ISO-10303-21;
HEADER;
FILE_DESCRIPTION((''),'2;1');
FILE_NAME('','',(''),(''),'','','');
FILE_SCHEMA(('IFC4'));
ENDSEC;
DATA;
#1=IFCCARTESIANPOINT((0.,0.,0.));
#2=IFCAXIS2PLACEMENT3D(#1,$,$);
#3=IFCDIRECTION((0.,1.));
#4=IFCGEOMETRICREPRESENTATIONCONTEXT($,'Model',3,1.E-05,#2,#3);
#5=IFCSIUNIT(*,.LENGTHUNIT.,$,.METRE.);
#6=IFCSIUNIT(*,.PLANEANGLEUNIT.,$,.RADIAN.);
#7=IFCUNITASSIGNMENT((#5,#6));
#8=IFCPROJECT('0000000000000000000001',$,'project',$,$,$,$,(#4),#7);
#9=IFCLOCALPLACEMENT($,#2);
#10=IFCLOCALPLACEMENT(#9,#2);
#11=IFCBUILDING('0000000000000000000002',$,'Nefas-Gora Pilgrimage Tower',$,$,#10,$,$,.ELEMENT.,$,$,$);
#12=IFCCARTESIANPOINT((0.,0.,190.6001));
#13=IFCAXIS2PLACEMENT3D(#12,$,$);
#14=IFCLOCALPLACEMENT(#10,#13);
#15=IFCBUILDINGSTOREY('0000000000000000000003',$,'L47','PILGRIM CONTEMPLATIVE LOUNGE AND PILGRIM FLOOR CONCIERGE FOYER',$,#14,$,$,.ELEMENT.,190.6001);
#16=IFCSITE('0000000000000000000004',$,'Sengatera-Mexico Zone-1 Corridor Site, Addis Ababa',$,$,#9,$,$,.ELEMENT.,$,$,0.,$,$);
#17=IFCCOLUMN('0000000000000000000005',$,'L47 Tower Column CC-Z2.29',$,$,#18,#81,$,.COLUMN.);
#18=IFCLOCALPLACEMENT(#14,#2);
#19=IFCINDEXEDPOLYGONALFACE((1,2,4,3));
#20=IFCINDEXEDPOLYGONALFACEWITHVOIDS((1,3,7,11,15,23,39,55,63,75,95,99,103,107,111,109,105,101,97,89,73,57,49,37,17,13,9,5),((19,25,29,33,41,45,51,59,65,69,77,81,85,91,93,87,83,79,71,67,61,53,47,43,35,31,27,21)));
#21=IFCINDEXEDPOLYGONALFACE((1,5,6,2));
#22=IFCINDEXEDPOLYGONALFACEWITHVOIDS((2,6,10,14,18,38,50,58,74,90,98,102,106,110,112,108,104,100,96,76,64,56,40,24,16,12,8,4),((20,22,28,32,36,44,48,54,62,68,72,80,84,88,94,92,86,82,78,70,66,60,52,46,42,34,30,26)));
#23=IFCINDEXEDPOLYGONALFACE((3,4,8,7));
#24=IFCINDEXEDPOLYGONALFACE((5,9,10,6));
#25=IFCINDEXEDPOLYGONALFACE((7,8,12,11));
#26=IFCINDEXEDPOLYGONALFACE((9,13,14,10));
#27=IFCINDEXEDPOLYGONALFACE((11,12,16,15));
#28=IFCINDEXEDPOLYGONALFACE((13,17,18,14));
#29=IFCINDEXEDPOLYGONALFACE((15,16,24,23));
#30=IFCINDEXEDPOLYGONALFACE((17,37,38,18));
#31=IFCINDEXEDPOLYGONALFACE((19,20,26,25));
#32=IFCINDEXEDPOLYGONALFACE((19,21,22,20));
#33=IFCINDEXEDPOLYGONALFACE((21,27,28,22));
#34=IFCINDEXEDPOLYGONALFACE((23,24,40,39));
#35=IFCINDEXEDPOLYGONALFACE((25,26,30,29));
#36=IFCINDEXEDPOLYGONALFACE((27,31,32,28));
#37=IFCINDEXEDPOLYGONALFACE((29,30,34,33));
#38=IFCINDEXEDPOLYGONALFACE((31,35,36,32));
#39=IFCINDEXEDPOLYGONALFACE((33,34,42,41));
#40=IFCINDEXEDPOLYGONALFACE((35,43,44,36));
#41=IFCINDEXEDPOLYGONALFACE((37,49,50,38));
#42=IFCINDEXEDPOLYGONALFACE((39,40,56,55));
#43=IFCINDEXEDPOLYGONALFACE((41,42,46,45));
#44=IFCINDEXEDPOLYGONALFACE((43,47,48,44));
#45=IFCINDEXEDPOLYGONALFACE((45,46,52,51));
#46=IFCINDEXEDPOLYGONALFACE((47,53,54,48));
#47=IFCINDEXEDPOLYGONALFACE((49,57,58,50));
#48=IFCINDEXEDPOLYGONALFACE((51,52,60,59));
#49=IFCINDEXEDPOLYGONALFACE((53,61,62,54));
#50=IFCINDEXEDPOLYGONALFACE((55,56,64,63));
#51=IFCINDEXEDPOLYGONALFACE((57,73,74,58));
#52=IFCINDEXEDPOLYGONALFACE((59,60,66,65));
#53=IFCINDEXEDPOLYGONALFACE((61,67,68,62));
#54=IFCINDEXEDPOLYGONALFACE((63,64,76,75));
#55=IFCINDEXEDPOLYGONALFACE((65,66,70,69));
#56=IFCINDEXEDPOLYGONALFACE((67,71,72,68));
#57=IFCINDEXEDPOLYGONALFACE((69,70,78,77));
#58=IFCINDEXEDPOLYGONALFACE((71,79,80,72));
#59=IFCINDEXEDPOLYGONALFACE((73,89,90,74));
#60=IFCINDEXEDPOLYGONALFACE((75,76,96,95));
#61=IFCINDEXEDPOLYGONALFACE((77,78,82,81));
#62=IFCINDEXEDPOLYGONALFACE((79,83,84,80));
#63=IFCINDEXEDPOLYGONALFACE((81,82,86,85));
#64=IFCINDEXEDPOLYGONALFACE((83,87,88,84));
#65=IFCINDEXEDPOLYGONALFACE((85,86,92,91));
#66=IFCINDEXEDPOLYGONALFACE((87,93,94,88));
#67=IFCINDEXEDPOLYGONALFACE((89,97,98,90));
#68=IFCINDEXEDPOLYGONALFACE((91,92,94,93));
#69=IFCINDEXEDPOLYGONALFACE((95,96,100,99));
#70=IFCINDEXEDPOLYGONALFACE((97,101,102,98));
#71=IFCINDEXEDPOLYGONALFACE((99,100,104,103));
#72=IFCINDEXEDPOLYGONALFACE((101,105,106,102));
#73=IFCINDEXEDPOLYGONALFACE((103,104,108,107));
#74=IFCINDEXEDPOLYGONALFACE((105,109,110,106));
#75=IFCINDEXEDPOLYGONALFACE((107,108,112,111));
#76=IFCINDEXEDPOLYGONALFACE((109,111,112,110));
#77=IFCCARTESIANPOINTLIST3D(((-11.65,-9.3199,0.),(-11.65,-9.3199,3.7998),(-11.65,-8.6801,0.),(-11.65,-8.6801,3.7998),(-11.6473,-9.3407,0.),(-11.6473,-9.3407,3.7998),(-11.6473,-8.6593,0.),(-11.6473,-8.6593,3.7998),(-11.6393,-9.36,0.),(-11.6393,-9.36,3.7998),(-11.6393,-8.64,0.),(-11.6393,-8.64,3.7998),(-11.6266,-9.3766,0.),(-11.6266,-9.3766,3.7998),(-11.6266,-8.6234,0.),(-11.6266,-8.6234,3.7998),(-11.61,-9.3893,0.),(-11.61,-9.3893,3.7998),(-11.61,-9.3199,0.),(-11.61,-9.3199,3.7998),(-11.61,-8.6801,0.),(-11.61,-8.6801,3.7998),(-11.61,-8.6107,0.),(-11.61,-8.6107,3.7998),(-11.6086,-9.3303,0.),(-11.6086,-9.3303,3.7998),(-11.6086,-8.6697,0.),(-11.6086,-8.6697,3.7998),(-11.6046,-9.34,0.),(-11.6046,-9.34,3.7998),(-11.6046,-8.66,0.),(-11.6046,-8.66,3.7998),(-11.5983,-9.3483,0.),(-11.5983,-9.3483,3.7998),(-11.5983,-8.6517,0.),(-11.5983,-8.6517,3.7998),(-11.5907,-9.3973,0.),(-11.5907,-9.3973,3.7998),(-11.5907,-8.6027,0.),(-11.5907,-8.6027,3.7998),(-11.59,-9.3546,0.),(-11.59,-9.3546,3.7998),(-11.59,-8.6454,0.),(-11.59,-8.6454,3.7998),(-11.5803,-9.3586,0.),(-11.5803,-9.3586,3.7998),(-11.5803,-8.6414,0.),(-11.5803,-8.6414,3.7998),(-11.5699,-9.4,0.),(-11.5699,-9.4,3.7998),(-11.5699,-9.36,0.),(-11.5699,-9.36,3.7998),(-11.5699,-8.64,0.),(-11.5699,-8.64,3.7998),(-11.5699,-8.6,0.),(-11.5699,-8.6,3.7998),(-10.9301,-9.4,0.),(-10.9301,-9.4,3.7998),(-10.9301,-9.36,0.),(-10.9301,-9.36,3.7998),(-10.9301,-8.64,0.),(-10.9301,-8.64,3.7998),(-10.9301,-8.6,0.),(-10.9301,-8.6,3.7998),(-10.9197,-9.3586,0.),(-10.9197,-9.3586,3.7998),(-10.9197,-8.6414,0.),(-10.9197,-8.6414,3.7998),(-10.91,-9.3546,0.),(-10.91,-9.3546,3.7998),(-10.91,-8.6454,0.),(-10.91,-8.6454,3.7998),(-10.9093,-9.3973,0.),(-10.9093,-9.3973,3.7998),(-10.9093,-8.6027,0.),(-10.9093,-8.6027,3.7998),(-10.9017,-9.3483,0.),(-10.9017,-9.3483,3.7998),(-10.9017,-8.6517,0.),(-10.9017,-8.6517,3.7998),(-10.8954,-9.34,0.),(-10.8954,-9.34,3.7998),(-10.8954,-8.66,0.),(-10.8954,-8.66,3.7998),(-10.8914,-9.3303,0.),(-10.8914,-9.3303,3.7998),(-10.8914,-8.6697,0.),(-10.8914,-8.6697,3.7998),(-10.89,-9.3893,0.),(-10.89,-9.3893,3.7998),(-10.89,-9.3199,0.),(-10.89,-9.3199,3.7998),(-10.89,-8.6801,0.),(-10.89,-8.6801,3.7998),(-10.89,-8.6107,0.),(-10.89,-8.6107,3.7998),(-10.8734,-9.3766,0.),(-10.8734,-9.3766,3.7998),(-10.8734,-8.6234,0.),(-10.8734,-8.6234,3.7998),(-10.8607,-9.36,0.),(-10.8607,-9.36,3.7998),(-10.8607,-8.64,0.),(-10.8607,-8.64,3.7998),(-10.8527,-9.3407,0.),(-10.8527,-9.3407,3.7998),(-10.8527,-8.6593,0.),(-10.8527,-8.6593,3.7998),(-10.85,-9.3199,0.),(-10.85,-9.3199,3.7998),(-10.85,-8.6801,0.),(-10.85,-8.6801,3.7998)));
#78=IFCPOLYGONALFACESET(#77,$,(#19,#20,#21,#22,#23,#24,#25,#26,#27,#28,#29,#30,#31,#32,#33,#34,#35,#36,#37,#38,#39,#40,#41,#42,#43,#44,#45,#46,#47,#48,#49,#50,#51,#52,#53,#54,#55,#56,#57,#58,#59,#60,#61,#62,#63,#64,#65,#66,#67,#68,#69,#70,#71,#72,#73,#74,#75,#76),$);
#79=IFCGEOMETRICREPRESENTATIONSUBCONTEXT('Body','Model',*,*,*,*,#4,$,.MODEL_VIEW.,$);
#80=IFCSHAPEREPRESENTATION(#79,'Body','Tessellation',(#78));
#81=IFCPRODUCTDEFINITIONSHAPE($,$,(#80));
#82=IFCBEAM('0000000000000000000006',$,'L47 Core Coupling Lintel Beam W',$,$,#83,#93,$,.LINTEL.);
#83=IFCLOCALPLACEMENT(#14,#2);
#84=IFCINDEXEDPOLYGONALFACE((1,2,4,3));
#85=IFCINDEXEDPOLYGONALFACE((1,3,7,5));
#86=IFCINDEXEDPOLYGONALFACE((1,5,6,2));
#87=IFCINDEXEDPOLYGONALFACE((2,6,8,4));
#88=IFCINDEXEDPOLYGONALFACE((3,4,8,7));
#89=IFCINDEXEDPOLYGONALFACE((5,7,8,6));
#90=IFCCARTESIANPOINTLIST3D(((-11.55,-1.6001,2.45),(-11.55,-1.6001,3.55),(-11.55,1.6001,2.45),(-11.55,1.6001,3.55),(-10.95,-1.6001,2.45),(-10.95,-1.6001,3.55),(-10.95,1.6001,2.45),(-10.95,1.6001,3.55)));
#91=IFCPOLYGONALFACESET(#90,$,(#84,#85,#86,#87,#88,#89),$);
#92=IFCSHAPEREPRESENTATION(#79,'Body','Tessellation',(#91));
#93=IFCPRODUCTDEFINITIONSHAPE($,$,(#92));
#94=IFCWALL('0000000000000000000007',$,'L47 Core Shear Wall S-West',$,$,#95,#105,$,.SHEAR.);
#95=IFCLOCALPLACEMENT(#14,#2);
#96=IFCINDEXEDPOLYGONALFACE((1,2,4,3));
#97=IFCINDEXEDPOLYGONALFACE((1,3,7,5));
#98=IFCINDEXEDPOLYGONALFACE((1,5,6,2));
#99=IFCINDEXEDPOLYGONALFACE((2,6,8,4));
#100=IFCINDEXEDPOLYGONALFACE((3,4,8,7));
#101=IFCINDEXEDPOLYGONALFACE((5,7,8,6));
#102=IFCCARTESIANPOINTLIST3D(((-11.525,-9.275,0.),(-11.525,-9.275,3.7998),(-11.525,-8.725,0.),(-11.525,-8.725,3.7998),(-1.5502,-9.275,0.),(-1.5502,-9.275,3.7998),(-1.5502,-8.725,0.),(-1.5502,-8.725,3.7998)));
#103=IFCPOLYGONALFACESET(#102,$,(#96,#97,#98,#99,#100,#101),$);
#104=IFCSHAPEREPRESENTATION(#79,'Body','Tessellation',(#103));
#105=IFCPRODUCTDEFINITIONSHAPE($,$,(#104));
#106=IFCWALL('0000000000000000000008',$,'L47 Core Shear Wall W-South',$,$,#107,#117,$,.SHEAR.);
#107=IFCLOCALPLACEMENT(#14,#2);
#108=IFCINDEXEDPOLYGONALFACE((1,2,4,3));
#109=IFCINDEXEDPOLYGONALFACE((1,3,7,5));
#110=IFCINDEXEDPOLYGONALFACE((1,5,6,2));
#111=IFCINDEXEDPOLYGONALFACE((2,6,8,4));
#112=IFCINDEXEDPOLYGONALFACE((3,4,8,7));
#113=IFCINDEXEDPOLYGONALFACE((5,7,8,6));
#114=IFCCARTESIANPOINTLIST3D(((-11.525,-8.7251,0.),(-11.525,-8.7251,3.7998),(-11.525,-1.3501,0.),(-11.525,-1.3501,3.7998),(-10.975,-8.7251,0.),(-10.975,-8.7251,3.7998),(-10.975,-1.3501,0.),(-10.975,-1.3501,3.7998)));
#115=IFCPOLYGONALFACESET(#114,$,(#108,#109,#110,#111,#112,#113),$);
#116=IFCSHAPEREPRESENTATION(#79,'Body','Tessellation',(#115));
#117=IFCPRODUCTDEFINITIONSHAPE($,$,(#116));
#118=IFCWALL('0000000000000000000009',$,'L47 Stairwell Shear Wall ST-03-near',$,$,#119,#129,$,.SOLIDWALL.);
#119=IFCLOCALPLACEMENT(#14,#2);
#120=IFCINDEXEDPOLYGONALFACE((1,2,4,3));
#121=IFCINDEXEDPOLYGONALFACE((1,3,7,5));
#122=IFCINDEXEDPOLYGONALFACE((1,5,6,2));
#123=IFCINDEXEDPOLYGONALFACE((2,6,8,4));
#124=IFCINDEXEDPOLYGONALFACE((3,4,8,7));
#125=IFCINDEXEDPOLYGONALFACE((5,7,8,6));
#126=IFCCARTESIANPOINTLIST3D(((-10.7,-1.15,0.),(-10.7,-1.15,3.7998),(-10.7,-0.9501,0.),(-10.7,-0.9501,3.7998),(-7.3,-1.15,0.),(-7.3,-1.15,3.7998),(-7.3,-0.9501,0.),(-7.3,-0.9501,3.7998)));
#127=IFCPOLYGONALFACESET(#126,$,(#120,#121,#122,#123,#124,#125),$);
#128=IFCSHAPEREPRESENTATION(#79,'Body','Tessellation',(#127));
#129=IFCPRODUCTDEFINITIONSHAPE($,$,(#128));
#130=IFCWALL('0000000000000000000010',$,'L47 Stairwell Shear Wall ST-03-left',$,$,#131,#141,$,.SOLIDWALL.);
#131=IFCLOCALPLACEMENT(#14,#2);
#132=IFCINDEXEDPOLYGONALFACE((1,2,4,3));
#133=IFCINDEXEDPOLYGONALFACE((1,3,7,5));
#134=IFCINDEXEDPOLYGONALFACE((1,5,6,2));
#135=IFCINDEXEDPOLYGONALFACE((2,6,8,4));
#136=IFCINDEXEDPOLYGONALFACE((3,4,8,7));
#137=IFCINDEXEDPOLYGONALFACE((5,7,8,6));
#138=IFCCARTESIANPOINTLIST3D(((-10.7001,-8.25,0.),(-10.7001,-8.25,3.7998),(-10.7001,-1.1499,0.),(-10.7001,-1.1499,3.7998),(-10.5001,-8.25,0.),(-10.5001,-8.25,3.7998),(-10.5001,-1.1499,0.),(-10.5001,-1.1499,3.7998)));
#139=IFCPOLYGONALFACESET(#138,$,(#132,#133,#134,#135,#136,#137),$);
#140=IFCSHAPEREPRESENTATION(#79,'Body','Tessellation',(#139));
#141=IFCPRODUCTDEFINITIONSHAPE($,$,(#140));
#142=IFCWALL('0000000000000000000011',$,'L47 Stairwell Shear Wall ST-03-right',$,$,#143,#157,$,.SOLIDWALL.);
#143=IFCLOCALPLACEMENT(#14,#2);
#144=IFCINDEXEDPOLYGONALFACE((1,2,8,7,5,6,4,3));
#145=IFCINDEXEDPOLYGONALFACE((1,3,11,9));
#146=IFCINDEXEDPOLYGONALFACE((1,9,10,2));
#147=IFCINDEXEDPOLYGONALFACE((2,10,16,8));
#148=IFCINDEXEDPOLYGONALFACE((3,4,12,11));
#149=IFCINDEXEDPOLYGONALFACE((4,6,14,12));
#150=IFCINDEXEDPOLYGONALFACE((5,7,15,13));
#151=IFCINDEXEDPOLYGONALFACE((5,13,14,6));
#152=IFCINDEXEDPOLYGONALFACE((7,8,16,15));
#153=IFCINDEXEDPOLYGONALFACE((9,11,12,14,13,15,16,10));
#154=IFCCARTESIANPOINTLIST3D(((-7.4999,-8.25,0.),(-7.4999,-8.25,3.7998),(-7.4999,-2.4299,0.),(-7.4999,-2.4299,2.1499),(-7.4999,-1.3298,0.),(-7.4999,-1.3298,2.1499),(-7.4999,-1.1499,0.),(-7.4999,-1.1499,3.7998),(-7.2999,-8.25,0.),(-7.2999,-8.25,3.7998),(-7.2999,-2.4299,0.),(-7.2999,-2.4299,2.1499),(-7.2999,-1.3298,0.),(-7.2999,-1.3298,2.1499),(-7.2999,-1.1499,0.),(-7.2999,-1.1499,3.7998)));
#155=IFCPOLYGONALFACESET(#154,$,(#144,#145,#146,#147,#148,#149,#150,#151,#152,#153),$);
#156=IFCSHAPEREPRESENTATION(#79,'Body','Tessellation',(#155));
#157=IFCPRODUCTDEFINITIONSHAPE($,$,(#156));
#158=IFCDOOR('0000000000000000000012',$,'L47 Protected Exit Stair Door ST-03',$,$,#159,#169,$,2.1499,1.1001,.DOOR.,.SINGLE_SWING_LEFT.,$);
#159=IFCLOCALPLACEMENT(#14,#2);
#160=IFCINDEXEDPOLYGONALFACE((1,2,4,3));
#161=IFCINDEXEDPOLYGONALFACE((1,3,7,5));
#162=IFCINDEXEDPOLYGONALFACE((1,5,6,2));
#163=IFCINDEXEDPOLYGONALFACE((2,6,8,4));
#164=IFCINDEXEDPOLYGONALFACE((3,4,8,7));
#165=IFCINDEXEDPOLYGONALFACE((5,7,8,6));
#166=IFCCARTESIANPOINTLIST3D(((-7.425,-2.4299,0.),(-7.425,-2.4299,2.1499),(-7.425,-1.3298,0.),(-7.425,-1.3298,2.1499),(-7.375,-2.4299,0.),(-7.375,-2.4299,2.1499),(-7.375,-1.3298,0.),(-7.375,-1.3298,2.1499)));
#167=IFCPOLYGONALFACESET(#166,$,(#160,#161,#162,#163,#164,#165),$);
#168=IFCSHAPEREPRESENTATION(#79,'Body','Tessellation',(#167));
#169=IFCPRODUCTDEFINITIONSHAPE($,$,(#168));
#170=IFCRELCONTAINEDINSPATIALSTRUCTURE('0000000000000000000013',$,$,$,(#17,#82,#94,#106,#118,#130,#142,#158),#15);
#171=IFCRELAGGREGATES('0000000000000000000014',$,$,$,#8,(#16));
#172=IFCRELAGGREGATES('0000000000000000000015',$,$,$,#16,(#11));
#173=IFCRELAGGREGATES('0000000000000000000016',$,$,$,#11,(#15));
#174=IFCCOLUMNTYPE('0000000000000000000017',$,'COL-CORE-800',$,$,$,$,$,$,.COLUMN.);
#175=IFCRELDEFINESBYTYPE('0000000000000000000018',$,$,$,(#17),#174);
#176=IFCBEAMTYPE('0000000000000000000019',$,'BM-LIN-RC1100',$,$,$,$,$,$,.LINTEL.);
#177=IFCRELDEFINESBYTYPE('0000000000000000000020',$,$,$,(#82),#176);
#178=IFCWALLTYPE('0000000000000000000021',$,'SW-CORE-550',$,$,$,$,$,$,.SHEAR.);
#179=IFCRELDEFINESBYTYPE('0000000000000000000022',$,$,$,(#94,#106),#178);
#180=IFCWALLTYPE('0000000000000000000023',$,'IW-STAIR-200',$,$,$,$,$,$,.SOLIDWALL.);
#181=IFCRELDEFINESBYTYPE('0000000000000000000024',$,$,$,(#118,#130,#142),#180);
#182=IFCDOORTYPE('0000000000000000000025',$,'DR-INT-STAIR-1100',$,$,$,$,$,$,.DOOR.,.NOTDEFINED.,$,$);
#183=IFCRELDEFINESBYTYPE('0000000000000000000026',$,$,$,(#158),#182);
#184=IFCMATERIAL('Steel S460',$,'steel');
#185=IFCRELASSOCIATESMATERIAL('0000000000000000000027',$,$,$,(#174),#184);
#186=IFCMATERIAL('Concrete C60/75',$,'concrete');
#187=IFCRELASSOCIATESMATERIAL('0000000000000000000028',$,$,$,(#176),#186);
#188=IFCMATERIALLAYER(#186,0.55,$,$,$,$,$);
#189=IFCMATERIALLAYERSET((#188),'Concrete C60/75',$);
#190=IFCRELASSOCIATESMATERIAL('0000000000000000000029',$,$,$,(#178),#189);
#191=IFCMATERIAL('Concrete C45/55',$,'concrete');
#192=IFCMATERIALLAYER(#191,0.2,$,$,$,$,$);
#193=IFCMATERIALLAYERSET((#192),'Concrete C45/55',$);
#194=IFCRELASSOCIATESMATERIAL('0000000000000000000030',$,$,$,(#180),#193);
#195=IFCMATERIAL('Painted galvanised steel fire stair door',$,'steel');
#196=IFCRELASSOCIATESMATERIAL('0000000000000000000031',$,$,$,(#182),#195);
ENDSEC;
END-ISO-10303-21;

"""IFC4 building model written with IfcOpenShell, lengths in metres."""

from ifc_helpers import new_model, si_unit, direction, frame, frame_2d, origin, origin_2d, place, context, subcontext, project, spatial, rectangle, hollow_rectangle, extrude, source, transform, mapped, material, layer, layer_set, material_profile, profile_set, type_object, element, fill, save


model = new_model("IFC4")

# Units and contexts
model_context = context("Model", 3, precision=1e-05, world=origin(), true_north=direction((0.0, 1.0)))
body_context = subcontext(model_context, "Body", "Model", "MODEL_VIEW")
ifc_project = project(units=[si_unit("LENGTHUNIT", "METRE"), si_unit("PLANEANGLEUNIT", "RADIAN")], contexts=[model_context])

# Site, building, storey
site_placement = place(None, origin())
site = spatial("IfcSite", under=ifc_project, at=site_placement, Name="Sengatera-Mexico Zone-1 Corridor Site, Addis Ababa", CompositionType="ELEMENT", RefElevation=0.0)
building_placement = place(site_placement, origin())
building = spatial("IfcBuilding", under=site, at=building_placement, Name="Nefas-Gora Pilgrimage Tower", CompositionType="ELEMENT")
storey_placement = place(building_placement, frame((0.0, 0.0, 190.6001)))
storey = spatial("IfcBuildingStorey", under=building, at=storey_placement, Name="L47", Description="PILGRIM CONTEMPLATIVE LOUNGE AND PILGRIM FLOOR CONCIERGE FOYER", CompositionType="ELEMENT", Elevation=190.6001)

# Column
ifc_material_1 = material(Name="Steel S460", Category="steel")
ifc_material_profile_1 = material_profile(ifc_material_1, hollow_rectangle(XDim=0.8, YDim=0.8, WallThickness=0.04, InnerFilletRadius=0.04, OuterFilletRadius=0.0801, at=origin_2d()), Name="BOX 800x800x40")
ifc_profile_set_1 = profile_set([ifc_material_profile_1], Name="Steel S460")
column_type = type_object("IfcColumnType", Name="COL-CORE-800", PredefinedType="COLUMN", material=ifc_profile_set_1)
shared_shape_1 = source(origin(), body_context, "Body", "SweptSolid", [
    extrude(hollow_rectangle(XDim=0.8, YDim=0.8, WallThickness=0.04, InnerFilletRadius=0.04, OuterFilletRadius=0.0801, at=origin_2d()), origin(), (0.0, 0.0, 1.0), 3.7998),
])
column_placement = place(storey_placement, frame((-11.25, -9.0, 0.0), z_axis=(0.0, 0.0, 1.0), x_axis=(1.0, 0.0, 0.0)))
element("IfcColumn", 1, at=column_placement, inside=storey, type_object=column_type, Name="L47 Tower Column CC-Z2.29", PredefinedType="COLUMN", context=body_context, shape_type="MappedRepresentation", body=[
    mapped(shared_shape_1, transform((0.0, 0.0, 0.0), x_axis=(1.0, 0.0, 0.0), y_axis=(0.0, 1.0, 0.0), z_axis=(0.0, 0.0, 1.0), scale=1.0)),
])

# Beam
ifc_material_2 = material(Name="Concrete C60/75", Category="concrete")
ifc_material_profile_2 = material_profile(ifc_material_2, rectangle(XDim=0.6001, YDim=1.1001, at=origin_2d()), Name="RC 600x1100")
ifc_profile_set_2 = profile_set([ifc_material_profile_2], Name="Concrete C60/75")
beam_type = type_object("IfcBeamType", Name="BM-LIN-RC1100", PredefinedType="LINTEL", material=ifc_profile_set_2)
shared_shape_2 = source(origin(), body_context, "Body", "SweptSolid", [
    extrude(rectangle(XDim=0.6001, YDim=1.1001, at=origin_2d()), origin(), (0.0, 0.0, 1.0), 3.2002),
])
beam_placement = place(storey_placement, frame((-11.25, -1.6001, 3.0), z_axis=(0.0, 1.0, 0.0), x_axis=(-1.0, 0.0, 0.0)))
element("IfcBeam", 2, at=beam_placement, inside=storey, type_object=beam_type, Name="L47 Core Coupling Lintel Beam W", PredefinedType="LINTEL", context=body_context, shape_type="MappedRepresentation", body=[
    mapped(shared_shape_2, transform((0.0, 0.0, 0.0), x_axis=(1.0, 0.0, 0.0), y_axis=(0.0, 1.0, 0.0), z_axis=(0.0, 0.0, 1.0), scale=1.0)),
])

# Walls
ifc_layer_1 = layer(ifc_material_2, 0.55)
ifc_layer_set_1 = layer_set([ifc_layer_1], Name="Concrete C60/75")
wall_type_1 = type_object("IfcWallType", Name="SW-CORE-550", PredefinedType="SHEAR", material=ifc_layer_set_1)
shared_shape_3 = source(origin(), body_context, "Body", "SweptSolid", [
    extrude(rectangle(XDim=9.9749, YDim=0.55, at=frame_2d((4.9873, 0.0))), origin(), (0.0, 0.0, 1.0), 3.7998),
])
wall_1_placement = place(storey_placement, frame((-11.5249, -9.0, 0.0), z_axis=(0.0, 0.0, 1.0), x_axis=(1.0, 0.0, 0.0)))
element("IfcWall", 3, at=wall_1_placement, inside=storey, type_object=wall_type_1, Name="L47 Core Shear Wall S-West", PredefinedType="SHEAR", context=body_context, shape_type="MappedRepresentation", body=[
    mapped(shared_shape_3, transform((0.0, 0.0, 0.0), x_axis=(1.0, 0.0, 0.0), y_axis=(0.0, 1.0, 0.0), z_axis=(0.0, 0.0, 1.0), scale=1.0)),
])
shared_shape_4 = source(origin(), body_context, "Body", "SweptSolid", [
    extrude(rectangle(XDim=7.375, YDim=0.55, at=frame_2d((3.6875, 0.0))), origin(), (0.0, 0.0, 1.0), 3.7998),
])
wall_2_placement = place(storey_placement, frame((-11.25, -8.7251, 0.0), z_axis=(0.0, 0.0, 1.0), x_axis=(0.0, 1.0, 0.0)))
element("IfcWall", 4, at=wall_2_placement, inside=storey, type_object=wall_type_1, Name="L47 Core Shear Wall W-South", PredefinedType="SHEAR", context=body_context, shape_type="MappedRepresentation", body=[
    mapped(shared_shape_4, transform((0.0, 0.0, 0.0), x_axis=(1.0, 0.0, 0.0), y_axis=(0.0, 1.0, 0.0), z_axis=(0.0, 0.0, 1.0), scale=1.0)),
])
ifc_material_3 = material(Name="Concrete C45/55", Category="concrete")
ifc_layer_2 = layer(ifc_material_3, 0.2)
ifc_layer_set_2 = layer_set([ifc_layer_2], Name="Concrete C45/55")
wall_type_2 = type_object("IfcWallType", Name="IW-STAIR-200", PredefinedType="SOLIDWALL", material=ifc_layer_set_2)
shared_shape_5 = source(origin(), body_context, "Body", "SweptSolid", [
    extrude(rectangle(XDim=3.3999, YDim=0.2, at=frame_2d((1.7, 0.0))), origin(), (0.0, 0.0, 1.0), 3.7998),
])
wall_3_placement = place(storey_placement, frame((-10.7, -1.05, 0.0), z_axis=(0.0, 0.0, 1.0), x_axis=(1.0, 0.0, 0.0)))
element("IfcWall", 5, at=wall_3_placement, inside=storey, type_object=wall_type_2, Name="L47 Stairwell Shear Wall ST-03-near", PredefinedType="SOLIDWALL", context=body_context, shape_type="MappedRepresentation", body=[
    mapped(shared_shape_5, transform((0.0, 0.0, 0.0), x_axis=(1.0, 0.0, 0.0), y_axis=(0.0, 1.0, 0.0), z_axis=(0.0, 0.0, 1.0), scale=1.0)),
])
shared_shape_6 = source(origin(), body_context, "Body", "SweptSolid", [
    extrude(rectangle(XDim=7.1001, YDim=0.2, at=frame_2d((3.55, 0.0))), origin(), (0.0, 0.0, 1.0), 3.7998),
])
wall_4_placement = place(storey_placement, frame((-10.6001, -1.1499, 0.0), z_axis=(0.0, 0.0, 1.0), x_axis=(0.0, -1.0, 0.0)))
element("IfcWall", 6, at=wall_4_placement, inside=storey, type_object=wall_type_2, Name="L47 Stairwell Shear Wall ST-03-left", PredefinedType="SOLIDWALL", context=body_context, shape_type="MappedRepresentation", body=[
    mapped(shared_shape_6, transform((0.0, 0.0, 0.0), x_axis=(1.0, 0.0, 0.0), y_axis=(0.0, 1.0, 0.0), z_axis=(0.0, 0.0, 1.0), scale=1.0)),
])

# Wall, opening, door
wall_5_placement = place(storey_placement, frame((-7.3999, -1.1499, 0.0), z_axis=(0.0, 0.0, 1.0), x_axis=(0.0, -1.0, 0.0)))
wall_5 = element("IfcWall", 7, at=wall_5_placement, inside=storey, type_object=wall_type_2, Name="L47 Stairwell Shear Wall ST-03-right", PredefinedType="SOLIDWALL", context=body_context, shape_type="MappedRepresentation", body=[
    mapped(shared_shape_6, transform((0.0, 0.0, 0.0), x_axis=(1.0, 0.0, 0.0), y_axis=(0.0, 1.0, 0.0), z_axis=(0.0, 0.0, 1.0), scale=1.0)),
])
opening_1_placement = place(wall_5_placement, frame((0.1799, 0.0, 0.0)))
opening_1 = element("IfcOpeningElement", 8, at=opening_1_placement, cuts=wall_5, PredefinedType="OPENING", context=body_context, shape_type="SweptSolid", body=[
    extrude(rectangle(XDim=1.1001, YDim=2.1499, at=frame_2d((0.55, 1.075))), frame((0.0, 0.1099, 0.0), z_axis=(0.0, -1.0, 0.0), x_axis=(1.0, 0.0, 0.0)), (0.0, 0.0, 1.0), 0.22),
])
ifc_material_4 = material(Name="Painted galvanised steel fire stair door", Category="steel")
door_type_1 = type_object("IfcDoorType", Name="DR-INT-STAIR-1100", OperationType="NOTDEFINED", PredefinedType="DOOR", material=ifc_material_4)
shared_shape_7 = source(origin(), body_context, "Body", "SweptSolid", [
    extrude(rectangle(XDim=1.1001, YDim=2.1499, at=frame_2d((0.55, 1.075))), frame((0.0, 0.0249, 0.0), z_axis=(0.0, -1.0, 0.0), x_axis=(1.0, 0.0, 0.0)), (0.0, 0.0, 1.0), 0.05),
])
door_1_placement = place(opening_1_placement, origin())
door_1 = element("IfcDoor", 9, at=door_1_placement, inside=storey, type_object=door_type_1, Name="L47 Protected Exit Stair Door ST-03", OperationType="SINGLE_SWING_LEFT", OverallHeight=2.1499, OverallWidth=1.1001, PredefinedType="DOOR", context=body_context, shape_type="MappedRepresentation", body=[
    mapped(shared_shape_7, transform((0.0, 0.0, 0.0), x_axis=(1.0, 0.0, 0.0), y_axis=(0.0, 1.0, 0.0), z_axis=(0.0, 0.0, 1.0), scale=1.0)),
])
fill(opening_1, door_1)

save(model, "model.ifc")
